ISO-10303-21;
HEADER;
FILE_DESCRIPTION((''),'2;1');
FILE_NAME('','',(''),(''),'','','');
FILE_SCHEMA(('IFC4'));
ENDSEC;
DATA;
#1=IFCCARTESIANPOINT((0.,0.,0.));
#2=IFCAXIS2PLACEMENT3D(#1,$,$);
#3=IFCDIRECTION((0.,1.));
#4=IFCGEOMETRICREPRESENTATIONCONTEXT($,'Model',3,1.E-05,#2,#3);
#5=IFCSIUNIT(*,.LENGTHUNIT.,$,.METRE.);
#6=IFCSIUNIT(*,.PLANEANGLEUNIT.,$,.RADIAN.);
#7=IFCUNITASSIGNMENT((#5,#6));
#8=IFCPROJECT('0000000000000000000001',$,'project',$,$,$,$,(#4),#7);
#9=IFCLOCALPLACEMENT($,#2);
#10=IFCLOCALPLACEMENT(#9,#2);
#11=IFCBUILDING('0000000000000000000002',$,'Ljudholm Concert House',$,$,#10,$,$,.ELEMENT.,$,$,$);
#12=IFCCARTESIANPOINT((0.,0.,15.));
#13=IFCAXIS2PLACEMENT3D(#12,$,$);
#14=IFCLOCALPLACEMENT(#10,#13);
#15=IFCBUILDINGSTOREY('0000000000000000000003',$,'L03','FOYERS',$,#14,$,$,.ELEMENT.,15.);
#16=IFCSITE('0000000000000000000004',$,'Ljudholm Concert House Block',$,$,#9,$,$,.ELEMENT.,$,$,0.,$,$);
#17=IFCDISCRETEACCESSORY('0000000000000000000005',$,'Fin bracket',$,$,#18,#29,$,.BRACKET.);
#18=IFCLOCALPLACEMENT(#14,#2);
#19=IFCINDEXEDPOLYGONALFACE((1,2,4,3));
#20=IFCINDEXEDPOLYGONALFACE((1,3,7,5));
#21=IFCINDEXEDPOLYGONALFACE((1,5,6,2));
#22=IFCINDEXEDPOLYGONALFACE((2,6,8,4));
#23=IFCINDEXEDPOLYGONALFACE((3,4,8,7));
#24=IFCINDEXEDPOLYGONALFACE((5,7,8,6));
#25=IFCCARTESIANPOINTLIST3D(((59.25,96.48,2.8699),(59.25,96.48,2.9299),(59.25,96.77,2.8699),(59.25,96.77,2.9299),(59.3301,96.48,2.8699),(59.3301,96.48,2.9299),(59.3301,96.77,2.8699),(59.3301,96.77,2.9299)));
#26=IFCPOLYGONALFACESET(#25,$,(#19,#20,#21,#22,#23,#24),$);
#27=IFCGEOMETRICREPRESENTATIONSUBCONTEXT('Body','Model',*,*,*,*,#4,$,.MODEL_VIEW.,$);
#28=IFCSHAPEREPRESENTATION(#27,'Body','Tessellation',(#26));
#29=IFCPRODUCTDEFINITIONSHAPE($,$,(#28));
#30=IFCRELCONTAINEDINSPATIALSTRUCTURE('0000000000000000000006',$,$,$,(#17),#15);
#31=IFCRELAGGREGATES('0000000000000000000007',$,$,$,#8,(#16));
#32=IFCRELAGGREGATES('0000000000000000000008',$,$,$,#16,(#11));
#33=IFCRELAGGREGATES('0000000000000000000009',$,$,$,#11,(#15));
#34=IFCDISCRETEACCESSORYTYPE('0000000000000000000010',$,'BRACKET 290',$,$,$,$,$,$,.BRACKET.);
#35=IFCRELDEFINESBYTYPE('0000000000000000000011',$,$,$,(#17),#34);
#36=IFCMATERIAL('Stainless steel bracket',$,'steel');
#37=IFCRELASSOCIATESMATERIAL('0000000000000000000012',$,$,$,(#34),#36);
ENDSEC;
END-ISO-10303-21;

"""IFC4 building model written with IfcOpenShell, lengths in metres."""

from ifc_helpers import new_model, si_unit, direction, frame, origin, origin_2d, place, context, subcontext, project, spatial, rectangle, extrude, material, type_object, element, save


model = new_model("IFC4")

# Units and contexts
model_context = context("Model", 3, precision=1e-05, world=origin(), true_north=direction((0.0, 1.0)))
body_context = subcontext(model_context, "Body", "Model", "MODEL_VIEW")
ifc_project = project(units=[si_unit("LENGTHUNIT", "METRE"), si_unit("PLANEANGLEUNIT", "RADIAN")], contexts=[model_context])

# Site, building, storey
site_placement = place(None, origin())
site = spatial("IfcSite", under=ifc_project, at=site_placement, Name="Ljudholm Concert House Block", CompositionType="ELEMENT", RefElevation=0.0)
building_placement = place(site_placement, origin())
building = spatial("IfcBuilding", under=site, at=building_placement, Name="Ljudholm Concert House", CompositionType="ELEMENT")
storey_placement = place(building_placement, frame((0.0, 0.0, 15.0)))
storey = spatial("IfcBuildingStorey", under=building, at=storey_placement, Name="L03", Description="FOYERS", CompositionType="ELEMENT", Elevation=15.0)

# Discrete accessory
ifc_material_1 = material(Name="Stainless steel bracket", Category="steel")
discrete_accessory_type = type_object("IfcDiscreteAccessoryType", Name="BRACKET 290", PredefinedType="BRACKET", material=ifc_material_1)
for number, where, z_axis, x_axis, name in (
    (1, (59.29, 96.625, 2.8699), (0.0, 0.0, 1.0), (0.0, 1.0, 0.0), "Fin bracket"),
):
    element("IfcDiscreteAccessory", number, at=place(storey_placement, frame(where, z_axis=z_axis, x_axis=x_axis)), inside=storey, type_object=discrete_accessory_type, Name=name, PredefinedType="BRACKET", context=body_context, shape_type="SweptSolid", body=[
        extrude(rectangle(XDim=0.29, YDim=0.0801, at=origin_2d()), origin(), (0.0, 0.0, 1.0), 0.0601),
    ])

save(model, "model.ifc")
